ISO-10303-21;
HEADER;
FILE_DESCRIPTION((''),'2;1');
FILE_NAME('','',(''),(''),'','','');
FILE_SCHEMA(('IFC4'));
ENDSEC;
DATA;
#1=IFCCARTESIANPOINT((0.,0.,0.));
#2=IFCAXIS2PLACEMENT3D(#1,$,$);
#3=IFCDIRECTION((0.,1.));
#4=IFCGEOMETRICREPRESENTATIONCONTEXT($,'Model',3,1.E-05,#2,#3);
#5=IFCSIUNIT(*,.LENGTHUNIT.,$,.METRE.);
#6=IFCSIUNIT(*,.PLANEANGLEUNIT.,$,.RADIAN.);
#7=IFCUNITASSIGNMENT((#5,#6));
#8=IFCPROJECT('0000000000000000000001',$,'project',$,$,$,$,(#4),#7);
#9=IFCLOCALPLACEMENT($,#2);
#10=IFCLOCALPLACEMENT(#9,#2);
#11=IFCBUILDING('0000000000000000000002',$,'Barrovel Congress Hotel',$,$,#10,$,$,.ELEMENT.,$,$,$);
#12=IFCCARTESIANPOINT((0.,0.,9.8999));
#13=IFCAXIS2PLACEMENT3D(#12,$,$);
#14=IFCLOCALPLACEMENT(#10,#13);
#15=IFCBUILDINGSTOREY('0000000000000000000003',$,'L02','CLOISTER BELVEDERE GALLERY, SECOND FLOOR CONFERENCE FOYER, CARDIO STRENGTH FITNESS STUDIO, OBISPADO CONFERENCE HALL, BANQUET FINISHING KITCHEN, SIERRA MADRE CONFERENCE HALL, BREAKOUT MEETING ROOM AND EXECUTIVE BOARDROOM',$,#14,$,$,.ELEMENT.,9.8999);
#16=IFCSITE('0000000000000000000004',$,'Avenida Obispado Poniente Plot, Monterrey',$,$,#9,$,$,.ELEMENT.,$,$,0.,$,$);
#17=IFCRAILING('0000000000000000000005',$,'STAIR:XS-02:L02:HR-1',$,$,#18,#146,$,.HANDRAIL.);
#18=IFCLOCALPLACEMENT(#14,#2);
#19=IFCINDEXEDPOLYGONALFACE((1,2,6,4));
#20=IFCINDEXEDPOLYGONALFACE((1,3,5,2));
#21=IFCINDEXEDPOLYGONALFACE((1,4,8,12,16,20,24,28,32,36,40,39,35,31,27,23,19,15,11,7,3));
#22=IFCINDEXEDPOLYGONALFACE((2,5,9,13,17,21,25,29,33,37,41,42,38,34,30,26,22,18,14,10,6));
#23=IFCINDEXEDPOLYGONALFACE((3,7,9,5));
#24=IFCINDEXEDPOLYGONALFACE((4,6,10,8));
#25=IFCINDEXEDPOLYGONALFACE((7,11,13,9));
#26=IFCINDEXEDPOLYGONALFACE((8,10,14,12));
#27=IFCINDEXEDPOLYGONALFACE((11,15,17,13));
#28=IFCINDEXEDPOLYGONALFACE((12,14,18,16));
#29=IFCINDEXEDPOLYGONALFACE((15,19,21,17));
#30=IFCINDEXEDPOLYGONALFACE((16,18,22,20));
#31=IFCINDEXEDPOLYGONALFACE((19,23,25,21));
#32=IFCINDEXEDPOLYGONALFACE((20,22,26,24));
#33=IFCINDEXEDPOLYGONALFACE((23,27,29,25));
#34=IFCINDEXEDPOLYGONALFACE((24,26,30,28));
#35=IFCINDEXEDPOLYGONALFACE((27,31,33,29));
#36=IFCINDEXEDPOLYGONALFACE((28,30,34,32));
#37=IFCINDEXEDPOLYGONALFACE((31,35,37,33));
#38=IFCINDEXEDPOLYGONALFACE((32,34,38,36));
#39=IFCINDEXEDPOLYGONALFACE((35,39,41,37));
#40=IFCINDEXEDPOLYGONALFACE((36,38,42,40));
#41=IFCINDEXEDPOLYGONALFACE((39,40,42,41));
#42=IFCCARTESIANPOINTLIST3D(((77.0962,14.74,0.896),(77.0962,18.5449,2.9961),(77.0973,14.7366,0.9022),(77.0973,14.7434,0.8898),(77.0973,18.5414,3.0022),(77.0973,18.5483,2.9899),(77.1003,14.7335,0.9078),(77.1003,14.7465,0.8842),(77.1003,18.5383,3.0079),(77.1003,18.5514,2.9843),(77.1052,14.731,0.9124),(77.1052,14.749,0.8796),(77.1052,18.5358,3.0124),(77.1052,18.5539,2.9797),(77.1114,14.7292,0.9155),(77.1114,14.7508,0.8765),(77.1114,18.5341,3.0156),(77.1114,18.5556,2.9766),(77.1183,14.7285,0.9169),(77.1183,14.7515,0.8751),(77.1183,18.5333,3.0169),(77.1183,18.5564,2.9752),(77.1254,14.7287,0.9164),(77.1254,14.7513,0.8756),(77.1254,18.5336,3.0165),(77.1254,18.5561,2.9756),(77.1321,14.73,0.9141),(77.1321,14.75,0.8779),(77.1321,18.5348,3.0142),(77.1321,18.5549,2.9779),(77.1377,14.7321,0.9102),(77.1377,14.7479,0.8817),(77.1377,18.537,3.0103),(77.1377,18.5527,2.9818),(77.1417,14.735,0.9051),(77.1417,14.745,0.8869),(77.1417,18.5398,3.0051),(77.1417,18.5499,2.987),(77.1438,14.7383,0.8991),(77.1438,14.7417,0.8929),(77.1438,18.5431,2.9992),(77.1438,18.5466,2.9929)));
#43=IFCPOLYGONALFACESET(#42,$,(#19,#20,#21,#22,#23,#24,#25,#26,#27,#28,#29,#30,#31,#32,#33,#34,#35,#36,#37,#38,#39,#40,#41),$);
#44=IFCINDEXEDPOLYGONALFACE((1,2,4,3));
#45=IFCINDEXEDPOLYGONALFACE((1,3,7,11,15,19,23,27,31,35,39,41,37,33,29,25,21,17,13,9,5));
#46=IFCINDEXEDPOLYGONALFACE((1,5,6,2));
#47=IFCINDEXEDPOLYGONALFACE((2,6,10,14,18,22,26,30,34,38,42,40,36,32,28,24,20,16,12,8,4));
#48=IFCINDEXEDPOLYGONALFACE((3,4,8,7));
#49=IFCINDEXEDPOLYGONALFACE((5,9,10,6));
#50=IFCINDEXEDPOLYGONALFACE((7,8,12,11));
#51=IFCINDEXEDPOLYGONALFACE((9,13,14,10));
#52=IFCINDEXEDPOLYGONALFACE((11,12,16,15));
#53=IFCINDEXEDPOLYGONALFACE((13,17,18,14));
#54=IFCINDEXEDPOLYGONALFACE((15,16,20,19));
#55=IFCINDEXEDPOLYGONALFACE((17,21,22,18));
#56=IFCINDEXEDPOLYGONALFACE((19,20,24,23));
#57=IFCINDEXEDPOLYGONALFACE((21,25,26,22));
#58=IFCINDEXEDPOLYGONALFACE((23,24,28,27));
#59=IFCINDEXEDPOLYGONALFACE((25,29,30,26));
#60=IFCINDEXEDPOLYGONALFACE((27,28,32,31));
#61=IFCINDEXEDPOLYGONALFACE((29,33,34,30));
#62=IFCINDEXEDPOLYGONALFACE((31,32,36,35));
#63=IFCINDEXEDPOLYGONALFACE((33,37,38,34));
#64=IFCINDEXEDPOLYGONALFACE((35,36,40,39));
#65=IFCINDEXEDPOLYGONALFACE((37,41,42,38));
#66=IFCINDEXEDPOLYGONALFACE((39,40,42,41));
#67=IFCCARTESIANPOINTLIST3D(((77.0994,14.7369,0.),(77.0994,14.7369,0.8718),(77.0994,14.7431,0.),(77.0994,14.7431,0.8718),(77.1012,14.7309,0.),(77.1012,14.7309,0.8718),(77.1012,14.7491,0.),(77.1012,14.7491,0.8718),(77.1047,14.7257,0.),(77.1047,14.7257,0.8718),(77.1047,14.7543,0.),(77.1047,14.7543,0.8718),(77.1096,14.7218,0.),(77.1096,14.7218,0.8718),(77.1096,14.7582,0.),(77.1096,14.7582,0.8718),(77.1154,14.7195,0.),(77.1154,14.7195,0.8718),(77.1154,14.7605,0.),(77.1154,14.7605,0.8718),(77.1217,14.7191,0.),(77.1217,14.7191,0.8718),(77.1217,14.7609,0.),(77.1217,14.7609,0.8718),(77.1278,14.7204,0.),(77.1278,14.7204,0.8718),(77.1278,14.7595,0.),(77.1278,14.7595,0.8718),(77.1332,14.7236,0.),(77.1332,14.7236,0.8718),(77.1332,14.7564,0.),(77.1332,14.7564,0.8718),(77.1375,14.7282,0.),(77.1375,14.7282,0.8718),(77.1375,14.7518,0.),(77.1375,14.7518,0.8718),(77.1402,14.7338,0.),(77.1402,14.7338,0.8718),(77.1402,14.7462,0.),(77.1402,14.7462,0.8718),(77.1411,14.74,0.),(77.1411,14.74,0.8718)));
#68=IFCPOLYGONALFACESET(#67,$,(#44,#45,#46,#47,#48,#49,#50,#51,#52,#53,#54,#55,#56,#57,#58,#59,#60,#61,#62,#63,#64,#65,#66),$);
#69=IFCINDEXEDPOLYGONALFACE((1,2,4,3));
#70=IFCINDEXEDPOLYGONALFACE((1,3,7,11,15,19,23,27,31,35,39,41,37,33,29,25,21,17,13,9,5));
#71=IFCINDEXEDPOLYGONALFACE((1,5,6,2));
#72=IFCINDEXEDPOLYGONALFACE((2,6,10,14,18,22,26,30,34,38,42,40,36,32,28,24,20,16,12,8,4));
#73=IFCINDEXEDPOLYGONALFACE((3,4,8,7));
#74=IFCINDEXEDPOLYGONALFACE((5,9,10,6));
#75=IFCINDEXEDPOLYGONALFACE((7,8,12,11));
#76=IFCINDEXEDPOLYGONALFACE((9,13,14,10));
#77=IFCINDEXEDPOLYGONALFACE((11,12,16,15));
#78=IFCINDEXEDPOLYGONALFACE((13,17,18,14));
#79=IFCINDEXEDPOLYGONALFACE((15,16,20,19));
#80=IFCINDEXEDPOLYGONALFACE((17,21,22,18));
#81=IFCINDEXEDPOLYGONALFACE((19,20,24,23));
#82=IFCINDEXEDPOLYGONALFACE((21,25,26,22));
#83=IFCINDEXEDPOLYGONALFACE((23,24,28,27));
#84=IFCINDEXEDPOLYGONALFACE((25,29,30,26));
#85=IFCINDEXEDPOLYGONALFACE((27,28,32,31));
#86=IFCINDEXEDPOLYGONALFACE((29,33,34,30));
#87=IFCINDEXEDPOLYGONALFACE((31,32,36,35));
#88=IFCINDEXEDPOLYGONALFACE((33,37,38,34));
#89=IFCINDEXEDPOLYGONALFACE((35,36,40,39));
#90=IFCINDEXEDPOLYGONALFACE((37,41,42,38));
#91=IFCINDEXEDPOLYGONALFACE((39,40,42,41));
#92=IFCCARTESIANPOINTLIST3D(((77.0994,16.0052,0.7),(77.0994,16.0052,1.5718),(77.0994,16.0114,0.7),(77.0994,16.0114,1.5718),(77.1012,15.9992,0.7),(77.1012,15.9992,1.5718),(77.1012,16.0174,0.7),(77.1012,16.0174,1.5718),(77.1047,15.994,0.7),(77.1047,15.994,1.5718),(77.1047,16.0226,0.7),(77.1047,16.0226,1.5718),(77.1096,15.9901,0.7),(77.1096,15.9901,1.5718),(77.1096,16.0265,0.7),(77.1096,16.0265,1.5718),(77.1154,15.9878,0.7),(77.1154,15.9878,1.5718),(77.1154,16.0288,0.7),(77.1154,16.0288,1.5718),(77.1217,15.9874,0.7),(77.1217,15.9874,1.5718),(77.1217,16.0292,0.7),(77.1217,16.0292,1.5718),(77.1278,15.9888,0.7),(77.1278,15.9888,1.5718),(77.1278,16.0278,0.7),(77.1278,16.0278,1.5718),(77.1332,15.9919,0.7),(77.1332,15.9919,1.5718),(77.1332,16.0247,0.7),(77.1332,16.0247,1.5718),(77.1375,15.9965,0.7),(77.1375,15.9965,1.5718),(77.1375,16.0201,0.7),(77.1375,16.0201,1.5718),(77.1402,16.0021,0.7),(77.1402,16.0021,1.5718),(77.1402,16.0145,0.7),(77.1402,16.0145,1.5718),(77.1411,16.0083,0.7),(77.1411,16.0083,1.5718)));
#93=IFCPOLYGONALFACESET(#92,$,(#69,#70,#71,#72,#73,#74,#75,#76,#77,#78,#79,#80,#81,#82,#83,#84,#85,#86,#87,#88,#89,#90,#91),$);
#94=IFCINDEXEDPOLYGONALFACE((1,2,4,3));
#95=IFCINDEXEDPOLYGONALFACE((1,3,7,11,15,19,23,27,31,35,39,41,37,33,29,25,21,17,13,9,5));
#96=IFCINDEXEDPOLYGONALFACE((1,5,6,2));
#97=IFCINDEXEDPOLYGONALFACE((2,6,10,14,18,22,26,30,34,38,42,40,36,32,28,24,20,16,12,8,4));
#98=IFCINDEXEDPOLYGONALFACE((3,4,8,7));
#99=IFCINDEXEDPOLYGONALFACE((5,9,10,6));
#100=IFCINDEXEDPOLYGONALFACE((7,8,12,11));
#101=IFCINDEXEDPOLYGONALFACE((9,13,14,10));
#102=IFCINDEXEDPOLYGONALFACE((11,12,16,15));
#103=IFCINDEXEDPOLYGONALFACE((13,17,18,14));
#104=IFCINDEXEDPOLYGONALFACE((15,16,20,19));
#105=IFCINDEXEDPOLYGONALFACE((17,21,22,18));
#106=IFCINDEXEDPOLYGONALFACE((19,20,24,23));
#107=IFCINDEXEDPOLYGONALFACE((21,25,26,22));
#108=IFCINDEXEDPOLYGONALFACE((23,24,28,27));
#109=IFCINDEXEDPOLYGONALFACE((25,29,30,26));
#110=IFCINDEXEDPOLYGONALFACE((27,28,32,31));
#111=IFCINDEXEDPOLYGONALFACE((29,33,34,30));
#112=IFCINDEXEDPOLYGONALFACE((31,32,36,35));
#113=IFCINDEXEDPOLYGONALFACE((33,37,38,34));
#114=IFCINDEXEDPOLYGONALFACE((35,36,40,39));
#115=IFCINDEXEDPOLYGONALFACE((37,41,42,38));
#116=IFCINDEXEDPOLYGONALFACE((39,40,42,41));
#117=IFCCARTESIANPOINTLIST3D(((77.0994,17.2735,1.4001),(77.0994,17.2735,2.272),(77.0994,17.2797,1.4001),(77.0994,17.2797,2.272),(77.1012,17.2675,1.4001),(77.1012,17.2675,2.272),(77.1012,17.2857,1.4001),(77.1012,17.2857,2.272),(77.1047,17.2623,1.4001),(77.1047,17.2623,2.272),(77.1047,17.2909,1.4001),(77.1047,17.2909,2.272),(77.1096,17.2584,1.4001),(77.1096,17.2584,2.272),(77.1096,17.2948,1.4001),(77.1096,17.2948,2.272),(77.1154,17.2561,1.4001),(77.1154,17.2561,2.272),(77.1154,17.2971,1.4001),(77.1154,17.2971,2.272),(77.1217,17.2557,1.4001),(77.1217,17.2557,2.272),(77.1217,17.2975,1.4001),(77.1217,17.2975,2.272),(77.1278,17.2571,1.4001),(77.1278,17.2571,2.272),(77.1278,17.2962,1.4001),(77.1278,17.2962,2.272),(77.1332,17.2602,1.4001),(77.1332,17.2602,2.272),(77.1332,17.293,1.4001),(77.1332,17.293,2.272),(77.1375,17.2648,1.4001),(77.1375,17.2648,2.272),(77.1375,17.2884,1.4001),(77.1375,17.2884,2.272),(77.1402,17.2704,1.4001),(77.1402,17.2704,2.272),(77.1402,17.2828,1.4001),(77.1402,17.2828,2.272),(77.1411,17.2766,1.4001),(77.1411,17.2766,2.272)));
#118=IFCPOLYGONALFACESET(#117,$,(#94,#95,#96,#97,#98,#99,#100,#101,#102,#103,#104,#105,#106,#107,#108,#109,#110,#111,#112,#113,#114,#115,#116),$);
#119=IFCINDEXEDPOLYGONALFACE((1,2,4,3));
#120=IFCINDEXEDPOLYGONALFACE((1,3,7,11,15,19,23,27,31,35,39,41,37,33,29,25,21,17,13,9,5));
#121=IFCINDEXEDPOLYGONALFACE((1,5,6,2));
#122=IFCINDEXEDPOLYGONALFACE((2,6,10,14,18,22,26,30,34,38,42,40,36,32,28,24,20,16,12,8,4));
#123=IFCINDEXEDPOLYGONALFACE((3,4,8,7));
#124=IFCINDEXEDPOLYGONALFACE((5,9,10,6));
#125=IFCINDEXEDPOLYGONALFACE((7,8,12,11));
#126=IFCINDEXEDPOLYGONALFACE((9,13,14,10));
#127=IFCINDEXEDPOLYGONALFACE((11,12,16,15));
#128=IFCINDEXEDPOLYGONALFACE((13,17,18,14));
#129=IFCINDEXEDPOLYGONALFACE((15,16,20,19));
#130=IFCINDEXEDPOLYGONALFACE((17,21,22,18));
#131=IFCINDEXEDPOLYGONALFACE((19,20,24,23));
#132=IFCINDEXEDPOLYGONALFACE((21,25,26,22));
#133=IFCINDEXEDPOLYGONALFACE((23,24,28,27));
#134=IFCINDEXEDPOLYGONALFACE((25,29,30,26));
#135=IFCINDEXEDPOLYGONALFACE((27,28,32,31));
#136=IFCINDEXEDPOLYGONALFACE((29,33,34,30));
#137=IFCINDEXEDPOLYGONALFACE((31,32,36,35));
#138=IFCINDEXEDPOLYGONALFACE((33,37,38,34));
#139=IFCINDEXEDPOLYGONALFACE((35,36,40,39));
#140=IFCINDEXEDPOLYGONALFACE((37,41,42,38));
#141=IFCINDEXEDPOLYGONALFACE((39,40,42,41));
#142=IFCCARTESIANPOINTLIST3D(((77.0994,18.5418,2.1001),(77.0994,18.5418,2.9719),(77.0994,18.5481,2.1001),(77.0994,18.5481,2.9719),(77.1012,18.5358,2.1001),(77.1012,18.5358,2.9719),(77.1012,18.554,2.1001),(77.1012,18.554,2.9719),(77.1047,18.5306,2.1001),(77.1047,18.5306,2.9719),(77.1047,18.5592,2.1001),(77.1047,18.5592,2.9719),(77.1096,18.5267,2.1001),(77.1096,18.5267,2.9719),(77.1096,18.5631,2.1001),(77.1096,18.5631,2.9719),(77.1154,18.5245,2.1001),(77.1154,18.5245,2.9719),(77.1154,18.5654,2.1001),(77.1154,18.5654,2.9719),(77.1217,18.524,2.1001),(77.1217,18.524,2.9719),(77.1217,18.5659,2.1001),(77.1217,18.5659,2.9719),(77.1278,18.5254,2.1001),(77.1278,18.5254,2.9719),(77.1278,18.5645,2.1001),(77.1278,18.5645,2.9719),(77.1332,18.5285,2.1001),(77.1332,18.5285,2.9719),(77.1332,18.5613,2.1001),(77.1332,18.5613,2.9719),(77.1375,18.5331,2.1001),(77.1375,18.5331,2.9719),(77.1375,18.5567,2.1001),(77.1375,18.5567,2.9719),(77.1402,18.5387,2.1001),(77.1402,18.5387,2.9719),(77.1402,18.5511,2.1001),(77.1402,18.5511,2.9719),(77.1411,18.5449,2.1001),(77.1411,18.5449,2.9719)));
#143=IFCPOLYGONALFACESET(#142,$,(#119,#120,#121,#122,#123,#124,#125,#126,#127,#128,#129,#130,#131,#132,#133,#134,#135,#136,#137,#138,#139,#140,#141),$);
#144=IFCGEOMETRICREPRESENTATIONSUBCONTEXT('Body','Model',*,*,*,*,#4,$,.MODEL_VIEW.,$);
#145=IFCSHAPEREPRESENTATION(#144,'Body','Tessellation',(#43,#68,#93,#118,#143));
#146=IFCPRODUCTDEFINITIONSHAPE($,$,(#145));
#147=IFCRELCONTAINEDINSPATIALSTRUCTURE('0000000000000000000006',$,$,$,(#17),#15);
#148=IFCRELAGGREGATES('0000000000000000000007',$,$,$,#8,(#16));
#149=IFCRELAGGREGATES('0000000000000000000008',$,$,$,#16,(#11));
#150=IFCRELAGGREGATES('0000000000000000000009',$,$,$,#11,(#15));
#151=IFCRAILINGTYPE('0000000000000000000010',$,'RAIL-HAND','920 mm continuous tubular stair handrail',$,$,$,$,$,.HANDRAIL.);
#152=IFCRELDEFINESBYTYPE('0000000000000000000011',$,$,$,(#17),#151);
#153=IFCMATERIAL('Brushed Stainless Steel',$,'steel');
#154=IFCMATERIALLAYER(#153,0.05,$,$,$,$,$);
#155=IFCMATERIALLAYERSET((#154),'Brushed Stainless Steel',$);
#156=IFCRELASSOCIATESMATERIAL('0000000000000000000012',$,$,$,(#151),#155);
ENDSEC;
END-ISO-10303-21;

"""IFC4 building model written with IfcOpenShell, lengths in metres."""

from ifc_helpers import new_model, si_unit, direction, frame, origin, origin_2d, place, context, subcontext, project, spatial, circle, extrude, material, layer, layer_set, type_object, element, save


model = new_model("IFC4")

# Units and contexts
model_context = context("Model", 3, precision=1e-05, world=origin(), true_north=direction((0.0, 1.0)))
body_context = subcontext(model_context, "Body", "Model", "MODEL_VIEW")
ifc_project = project(units=[si_unit("LENGTHUNIT", "METRE"), si_unit("PLANEANGLEUNIT", "RADIAN")], contexts=[model_context])

# Site, building, storey
site_placement = place(None, origin())
site = spatial("IfcSite", under=ifc_project, at=site_placement, Name="Avenida Obispado Poniente Plot, Monterrey", CompositionType="ELEMENT", RefElevation=0.0)
building_placement = place(site_placement, origin())
building = spatial("IfcBuilding", under=site, at=building_placement, Name="Barrovel Congress Hotel", CompositionType="ELEMENT")
storey_placement = place(building_placement, frame((0.0, 0.0, 9.8999)))
storey = spatial("IfcBuildingStorey", under=building, at=storey_placement, Name="L02", Description="CLOISTER BELVEDERE GALLERY, SECOND FLOOR CONFERENCE FOYER, CARDIO STRENGTH FITNESS STUDIO, OBISPADO CONFERENCE HALL, BANQUET FINISHING KITCHEN, SIERRA MADRE CONFERENCE HALL, BREAKOUT MEETING ROOM AND EXECUTIVE BOARDROOM", CompositionType="ELEMENT", Elevation=9.8999)

# Shared definitions
ifc_material_1 = material(Name="Brushed Stainless Steel", Category="steel")

# Railing
ifc_layer_1 = layer(ifc_material_1, 0.05)
ifc_layer_set_1 = layer_set([ifc_layer_1], Name="Brushed Stainless Steel")
railing_type_1 = type_object("IfcRailingType", Name="RAIL-HAND", Description="920 mm continuous tubular stair handrail", PredefinedType="HANDRAIL", material=ifc_layer_set_1)
railing_1_placement = place(storey_placement, frame((77.1201, 14.74, 0.0)))
element("IfcRailing", 1, at=railing_1_placement, inside=storey, type_object=railing_type_1, Name="STAIR:XS-02:L02:HR-1", PredefinedType="HANDRAIL", context=body_context, shape_type="SweptSolid", body=[
    extrude(circle(Radius=0.0239, at=origin_2d()), frame((0.0, 0.0, 0.896), z_axis=(0.0, 0.875497, 0.483223), x_axis=(-1.0, 0.0, 0.0)), (0.0, 0.0, 1.0), 4.3459),
    extrude(circle(Radius=0.021, at=origin_2d()), origin(), (0.0, 0.0, 1.0), 0.8718),
    extrude(circle(Radius=0.021, at=origin_2d()), frame((0.0, 1.2683, 0.7)), (0.0, 0.0, 1.0), 0.8718),
    extrude(circle(Radius=0.021, at=origin_2d()), frame((0.0, 2.5366, 1.4001)), (0.0, 0.0, 1.0), 0.8718),
    extrude(circle(Radius=0.021, at=origin_2d()), frame((0.0, 3.8049, 2.1001)), (0.0, 0.0, 1.0), 0.8718),
])

save(model, "model.ifc")
